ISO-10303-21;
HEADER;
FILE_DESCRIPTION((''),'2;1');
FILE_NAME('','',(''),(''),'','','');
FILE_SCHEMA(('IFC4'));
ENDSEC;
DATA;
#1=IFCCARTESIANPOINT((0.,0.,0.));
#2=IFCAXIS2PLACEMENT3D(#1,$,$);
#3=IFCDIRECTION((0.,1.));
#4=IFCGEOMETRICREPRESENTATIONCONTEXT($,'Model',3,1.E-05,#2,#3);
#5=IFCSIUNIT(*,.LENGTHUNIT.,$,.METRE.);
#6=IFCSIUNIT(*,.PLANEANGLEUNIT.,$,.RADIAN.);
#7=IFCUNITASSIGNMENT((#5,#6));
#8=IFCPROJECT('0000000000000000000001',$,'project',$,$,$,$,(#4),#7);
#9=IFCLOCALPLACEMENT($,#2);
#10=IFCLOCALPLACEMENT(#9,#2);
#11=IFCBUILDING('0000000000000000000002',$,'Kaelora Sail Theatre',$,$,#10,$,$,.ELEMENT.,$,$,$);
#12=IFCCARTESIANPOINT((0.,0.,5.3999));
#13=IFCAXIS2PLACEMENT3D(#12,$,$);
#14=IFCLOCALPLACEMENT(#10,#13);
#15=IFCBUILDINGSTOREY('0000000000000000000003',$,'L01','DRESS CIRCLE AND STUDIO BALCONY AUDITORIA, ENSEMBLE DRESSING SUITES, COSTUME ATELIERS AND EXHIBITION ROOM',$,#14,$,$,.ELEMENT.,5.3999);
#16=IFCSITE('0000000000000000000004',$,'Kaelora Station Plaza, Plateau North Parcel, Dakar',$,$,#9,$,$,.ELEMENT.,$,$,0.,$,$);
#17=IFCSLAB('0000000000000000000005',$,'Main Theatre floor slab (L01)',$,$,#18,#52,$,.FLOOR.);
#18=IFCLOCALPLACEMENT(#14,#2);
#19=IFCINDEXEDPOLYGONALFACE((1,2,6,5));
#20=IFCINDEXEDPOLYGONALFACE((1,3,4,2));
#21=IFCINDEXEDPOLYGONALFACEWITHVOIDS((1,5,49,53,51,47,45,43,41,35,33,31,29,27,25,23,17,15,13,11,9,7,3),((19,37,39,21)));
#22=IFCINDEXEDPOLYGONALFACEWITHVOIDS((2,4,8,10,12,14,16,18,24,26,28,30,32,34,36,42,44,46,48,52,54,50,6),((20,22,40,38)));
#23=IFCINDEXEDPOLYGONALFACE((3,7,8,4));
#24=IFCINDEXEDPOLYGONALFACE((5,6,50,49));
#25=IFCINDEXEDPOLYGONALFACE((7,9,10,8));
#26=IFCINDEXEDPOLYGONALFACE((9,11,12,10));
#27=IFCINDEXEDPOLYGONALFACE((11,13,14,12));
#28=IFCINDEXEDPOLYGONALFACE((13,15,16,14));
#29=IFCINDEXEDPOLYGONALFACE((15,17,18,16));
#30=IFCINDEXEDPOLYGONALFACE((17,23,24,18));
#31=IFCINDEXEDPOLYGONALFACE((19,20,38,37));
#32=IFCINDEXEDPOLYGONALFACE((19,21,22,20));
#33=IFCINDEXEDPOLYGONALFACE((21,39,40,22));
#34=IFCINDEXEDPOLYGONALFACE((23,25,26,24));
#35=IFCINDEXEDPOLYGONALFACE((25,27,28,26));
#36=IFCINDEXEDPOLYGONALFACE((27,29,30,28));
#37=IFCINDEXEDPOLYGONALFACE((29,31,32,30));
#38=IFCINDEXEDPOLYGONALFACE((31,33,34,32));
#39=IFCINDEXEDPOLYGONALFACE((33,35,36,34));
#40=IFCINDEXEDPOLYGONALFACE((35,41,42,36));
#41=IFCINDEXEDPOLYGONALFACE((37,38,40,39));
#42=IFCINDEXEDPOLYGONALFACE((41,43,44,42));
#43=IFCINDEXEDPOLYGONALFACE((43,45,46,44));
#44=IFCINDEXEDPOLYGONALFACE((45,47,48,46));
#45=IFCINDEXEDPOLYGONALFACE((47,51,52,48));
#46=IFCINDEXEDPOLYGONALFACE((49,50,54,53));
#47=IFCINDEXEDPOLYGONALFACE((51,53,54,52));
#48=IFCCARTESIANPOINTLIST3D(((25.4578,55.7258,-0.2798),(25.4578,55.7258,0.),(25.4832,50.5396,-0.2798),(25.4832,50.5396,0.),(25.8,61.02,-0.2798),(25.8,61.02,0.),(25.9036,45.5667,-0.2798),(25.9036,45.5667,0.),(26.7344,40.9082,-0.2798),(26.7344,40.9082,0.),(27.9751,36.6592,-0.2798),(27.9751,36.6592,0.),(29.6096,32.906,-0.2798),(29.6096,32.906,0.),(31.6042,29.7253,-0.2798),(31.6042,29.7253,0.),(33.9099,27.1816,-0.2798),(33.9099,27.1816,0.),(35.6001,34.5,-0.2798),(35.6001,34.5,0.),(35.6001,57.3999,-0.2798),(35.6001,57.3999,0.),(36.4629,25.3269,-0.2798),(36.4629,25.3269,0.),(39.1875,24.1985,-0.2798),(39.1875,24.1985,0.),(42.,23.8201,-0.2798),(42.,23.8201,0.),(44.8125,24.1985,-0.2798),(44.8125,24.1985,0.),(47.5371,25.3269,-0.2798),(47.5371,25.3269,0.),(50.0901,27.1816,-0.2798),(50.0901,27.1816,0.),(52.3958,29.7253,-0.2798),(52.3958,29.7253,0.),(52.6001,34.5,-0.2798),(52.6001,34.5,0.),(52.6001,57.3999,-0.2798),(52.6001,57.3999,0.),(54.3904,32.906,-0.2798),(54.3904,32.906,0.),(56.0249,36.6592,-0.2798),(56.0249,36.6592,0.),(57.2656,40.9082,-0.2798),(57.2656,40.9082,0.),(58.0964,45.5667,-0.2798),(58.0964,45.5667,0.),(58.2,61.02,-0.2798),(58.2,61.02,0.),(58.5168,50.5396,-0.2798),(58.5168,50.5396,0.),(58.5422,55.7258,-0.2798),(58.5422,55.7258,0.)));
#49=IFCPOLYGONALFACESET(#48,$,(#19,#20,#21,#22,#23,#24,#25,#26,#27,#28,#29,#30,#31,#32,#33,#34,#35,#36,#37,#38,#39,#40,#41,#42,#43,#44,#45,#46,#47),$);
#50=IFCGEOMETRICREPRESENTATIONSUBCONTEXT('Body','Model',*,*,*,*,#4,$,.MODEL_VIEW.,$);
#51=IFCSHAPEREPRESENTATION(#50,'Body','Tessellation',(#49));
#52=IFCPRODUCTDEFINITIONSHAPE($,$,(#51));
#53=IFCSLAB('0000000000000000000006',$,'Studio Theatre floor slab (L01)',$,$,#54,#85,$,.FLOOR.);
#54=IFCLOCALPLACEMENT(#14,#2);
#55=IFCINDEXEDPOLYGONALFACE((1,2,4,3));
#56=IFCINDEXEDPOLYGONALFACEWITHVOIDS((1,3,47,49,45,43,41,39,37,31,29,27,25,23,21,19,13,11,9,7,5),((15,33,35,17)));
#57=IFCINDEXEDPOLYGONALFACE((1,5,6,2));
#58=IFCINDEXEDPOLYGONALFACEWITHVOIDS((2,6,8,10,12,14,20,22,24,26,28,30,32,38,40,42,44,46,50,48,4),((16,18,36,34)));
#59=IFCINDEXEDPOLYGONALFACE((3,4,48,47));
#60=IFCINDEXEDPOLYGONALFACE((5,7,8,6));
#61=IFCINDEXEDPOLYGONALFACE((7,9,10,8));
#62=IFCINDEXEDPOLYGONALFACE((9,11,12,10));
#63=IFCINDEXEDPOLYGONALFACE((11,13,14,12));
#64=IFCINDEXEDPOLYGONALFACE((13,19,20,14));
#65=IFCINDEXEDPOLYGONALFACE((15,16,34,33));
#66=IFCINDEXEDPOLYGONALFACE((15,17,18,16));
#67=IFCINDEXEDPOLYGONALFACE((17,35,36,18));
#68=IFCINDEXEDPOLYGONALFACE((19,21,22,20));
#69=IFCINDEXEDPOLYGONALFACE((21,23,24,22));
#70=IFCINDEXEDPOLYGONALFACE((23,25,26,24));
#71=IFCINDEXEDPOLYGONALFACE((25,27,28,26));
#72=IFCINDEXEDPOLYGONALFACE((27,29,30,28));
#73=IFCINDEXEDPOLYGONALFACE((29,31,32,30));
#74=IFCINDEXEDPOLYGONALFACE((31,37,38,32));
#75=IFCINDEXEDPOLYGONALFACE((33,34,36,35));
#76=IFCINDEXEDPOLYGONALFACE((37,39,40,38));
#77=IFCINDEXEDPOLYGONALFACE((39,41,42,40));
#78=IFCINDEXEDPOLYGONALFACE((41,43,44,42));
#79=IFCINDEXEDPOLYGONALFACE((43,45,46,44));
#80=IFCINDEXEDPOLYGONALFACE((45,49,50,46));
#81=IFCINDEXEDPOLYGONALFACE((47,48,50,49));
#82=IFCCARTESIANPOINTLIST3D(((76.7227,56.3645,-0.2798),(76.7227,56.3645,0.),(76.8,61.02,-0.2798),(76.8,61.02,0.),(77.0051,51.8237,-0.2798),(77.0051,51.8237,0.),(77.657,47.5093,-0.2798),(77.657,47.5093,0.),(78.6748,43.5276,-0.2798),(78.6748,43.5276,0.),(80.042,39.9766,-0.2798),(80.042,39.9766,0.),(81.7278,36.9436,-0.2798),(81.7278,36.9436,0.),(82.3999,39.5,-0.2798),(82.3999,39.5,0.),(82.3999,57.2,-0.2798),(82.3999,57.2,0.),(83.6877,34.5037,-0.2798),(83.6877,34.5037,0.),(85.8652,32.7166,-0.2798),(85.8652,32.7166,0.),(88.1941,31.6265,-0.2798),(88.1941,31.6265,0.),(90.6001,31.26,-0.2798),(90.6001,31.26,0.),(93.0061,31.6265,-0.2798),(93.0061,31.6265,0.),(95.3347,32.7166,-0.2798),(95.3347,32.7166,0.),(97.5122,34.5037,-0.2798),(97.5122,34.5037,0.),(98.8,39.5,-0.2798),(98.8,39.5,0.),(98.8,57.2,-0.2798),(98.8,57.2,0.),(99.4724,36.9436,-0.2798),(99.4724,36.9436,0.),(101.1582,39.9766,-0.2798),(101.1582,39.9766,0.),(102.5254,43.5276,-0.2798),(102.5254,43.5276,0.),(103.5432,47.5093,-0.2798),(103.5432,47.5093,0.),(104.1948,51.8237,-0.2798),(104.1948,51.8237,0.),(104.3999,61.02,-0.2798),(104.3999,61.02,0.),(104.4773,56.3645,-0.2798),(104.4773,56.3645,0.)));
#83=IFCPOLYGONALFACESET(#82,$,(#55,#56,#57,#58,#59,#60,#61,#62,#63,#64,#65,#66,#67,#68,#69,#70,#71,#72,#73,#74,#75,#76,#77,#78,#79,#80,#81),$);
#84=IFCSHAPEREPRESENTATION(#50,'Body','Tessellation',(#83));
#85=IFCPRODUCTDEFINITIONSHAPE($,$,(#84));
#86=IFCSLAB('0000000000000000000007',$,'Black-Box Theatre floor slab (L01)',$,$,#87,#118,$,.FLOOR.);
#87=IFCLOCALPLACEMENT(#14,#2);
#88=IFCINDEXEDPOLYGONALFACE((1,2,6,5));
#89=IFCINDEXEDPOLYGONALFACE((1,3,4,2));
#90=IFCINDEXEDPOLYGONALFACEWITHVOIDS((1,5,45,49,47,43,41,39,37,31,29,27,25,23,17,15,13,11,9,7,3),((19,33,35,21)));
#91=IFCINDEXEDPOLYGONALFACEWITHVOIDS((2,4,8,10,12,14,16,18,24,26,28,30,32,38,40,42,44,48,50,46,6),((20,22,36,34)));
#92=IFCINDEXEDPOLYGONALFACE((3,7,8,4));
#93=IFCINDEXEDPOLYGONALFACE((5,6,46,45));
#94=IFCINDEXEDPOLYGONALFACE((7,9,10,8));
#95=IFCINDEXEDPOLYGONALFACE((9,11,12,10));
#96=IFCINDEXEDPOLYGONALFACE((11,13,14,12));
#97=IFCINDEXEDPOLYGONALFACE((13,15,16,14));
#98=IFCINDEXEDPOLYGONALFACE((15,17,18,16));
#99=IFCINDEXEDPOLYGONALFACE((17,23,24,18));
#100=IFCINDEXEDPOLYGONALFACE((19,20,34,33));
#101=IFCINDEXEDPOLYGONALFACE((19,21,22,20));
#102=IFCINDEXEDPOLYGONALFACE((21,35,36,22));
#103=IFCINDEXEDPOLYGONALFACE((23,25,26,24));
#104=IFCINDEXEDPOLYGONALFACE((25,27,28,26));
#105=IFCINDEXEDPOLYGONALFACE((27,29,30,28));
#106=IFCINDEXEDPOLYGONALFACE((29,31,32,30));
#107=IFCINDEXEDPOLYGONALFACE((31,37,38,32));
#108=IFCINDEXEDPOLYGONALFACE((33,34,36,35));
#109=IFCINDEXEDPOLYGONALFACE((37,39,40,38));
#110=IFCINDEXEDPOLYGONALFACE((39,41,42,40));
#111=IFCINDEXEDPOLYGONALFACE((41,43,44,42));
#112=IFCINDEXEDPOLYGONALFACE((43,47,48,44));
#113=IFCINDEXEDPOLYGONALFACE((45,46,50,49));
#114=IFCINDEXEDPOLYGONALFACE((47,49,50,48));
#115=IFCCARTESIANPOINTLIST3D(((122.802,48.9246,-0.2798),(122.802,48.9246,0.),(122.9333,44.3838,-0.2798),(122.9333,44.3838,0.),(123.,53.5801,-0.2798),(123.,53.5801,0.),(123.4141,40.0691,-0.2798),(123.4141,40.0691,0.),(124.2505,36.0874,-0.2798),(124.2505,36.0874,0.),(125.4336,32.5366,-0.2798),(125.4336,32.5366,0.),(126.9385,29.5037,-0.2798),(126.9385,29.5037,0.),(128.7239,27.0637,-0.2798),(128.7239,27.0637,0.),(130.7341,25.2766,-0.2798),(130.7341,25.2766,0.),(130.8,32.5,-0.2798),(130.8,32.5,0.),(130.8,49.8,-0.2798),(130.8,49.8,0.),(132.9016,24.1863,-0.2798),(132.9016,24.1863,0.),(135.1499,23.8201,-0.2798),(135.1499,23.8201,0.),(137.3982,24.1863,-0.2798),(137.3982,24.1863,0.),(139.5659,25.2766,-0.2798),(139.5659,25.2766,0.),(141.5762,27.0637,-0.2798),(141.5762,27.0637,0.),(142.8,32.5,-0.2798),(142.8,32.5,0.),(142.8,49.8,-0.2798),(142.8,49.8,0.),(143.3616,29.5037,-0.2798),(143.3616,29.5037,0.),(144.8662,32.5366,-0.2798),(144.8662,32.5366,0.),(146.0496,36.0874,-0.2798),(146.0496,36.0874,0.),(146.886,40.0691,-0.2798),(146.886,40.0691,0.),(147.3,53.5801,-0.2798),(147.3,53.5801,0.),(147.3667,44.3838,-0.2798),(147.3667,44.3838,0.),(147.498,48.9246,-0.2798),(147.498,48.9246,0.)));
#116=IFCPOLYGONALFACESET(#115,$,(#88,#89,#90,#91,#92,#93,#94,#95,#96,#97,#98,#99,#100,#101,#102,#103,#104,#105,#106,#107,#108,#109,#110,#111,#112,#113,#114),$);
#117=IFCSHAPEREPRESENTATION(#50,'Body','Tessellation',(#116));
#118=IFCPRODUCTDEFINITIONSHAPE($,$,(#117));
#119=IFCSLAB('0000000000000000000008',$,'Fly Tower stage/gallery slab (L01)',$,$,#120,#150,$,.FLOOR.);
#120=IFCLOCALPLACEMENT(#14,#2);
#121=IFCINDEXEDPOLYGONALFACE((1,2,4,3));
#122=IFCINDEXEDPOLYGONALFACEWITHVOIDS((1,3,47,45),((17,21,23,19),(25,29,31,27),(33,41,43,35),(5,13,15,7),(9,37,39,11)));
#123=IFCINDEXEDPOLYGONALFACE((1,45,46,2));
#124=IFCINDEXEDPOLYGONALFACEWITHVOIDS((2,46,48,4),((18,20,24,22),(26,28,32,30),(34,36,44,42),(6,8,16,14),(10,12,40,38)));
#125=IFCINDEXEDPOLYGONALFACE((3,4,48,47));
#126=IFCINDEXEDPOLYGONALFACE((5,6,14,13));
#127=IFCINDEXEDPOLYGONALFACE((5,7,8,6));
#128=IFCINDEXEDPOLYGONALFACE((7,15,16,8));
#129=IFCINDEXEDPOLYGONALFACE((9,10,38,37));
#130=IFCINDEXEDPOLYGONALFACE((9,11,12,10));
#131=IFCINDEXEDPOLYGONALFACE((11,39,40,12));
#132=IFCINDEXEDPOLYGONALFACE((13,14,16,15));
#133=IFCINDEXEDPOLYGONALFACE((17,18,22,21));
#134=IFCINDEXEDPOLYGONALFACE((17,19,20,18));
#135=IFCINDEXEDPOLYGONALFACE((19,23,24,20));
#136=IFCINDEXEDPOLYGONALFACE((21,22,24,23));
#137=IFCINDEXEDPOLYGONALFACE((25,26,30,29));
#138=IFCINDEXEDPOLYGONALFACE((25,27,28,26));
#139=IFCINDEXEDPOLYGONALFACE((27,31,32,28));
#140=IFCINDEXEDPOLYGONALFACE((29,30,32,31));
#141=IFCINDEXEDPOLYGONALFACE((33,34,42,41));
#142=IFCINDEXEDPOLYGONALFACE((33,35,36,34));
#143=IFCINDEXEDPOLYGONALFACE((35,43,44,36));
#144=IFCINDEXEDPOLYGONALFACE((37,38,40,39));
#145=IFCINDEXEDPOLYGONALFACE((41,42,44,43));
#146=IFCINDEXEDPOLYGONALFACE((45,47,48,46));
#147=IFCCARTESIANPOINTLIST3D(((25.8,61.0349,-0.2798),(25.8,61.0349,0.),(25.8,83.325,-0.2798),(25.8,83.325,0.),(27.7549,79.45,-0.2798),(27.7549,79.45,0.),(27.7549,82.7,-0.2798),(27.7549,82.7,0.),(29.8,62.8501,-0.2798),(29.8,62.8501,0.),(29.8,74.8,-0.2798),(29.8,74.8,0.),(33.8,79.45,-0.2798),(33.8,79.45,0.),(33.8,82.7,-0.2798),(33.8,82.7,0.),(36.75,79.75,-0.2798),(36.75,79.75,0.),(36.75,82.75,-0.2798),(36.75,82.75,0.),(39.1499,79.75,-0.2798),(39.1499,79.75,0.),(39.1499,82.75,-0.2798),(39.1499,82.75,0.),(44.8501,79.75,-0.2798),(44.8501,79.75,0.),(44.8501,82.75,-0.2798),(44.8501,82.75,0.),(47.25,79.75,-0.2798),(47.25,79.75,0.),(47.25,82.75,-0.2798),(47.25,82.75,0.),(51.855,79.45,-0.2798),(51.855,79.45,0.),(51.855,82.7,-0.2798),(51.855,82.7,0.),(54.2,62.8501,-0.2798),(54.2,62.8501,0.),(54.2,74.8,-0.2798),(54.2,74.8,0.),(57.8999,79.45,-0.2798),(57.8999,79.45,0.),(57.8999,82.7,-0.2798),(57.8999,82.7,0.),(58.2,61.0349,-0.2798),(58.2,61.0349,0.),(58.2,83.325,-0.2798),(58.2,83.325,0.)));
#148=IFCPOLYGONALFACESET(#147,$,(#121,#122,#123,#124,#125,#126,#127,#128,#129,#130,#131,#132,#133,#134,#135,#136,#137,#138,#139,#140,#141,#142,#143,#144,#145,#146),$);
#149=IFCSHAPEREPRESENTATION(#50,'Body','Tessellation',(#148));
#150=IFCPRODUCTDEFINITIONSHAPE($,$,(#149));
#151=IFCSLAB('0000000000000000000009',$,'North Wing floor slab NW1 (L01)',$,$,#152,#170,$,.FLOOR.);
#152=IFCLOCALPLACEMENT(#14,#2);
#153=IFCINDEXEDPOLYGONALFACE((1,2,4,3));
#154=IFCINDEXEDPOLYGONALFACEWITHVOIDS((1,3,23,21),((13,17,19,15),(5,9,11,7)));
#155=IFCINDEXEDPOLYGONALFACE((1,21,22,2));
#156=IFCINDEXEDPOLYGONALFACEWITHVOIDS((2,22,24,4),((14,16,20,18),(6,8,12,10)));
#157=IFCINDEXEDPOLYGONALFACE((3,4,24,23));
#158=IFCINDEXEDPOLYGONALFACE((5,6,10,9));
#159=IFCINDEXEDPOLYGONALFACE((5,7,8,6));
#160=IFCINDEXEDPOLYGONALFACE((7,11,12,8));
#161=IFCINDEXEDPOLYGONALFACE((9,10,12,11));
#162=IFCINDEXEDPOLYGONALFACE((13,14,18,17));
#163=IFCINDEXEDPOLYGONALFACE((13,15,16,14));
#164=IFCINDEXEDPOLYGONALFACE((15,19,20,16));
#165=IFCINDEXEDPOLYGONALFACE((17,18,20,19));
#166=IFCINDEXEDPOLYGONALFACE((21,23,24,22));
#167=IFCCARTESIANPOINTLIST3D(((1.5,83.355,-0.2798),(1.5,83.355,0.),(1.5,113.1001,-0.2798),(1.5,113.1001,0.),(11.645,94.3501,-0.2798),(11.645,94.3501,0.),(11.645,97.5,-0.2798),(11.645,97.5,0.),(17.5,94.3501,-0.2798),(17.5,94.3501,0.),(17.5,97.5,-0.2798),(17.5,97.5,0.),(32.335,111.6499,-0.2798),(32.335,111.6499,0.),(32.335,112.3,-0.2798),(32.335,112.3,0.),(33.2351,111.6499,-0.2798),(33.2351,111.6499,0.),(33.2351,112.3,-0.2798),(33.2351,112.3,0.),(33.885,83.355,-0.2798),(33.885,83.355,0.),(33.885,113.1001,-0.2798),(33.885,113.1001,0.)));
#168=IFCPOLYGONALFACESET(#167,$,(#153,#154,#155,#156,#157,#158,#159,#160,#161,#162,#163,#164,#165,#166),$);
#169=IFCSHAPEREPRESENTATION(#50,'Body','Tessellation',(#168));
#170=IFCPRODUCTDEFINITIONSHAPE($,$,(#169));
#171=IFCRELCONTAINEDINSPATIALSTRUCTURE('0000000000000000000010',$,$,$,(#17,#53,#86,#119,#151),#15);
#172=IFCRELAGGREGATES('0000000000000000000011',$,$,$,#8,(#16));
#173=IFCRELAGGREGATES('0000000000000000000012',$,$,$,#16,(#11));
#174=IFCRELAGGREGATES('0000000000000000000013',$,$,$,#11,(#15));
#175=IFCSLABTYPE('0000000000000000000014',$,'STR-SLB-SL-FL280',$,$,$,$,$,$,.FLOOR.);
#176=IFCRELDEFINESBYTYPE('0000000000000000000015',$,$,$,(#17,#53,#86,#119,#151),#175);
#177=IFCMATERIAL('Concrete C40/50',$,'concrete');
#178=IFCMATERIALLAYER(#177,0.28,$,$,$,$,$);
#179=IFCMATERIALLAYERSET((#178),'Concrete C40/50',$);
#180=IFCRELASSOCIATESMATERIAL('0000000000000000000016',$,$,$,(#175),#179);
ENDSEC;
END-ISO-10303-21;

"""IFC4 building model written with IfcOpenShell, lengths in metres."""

from ifc_helpers import new_model, si_unit, direction, frame, origin, place, context, subcontext, project, spatial, polyline, outline, extrude, material, layer, layer_set, type_object, element, save


model = new_model("IFC4")

# Units and contexts
model_context = context("Model", 3, precision=1e-05, world=origin(), true_north=direction((0.0, 1.0)))
body_context = subcontext(model_context, "Body", "Model", "MODEL_VIEW")
ifc_project = project(units=[si_unit("LENGTHUNIT", "METRE"), si_unit("PLANEANGLEUNIT", "RADIAN")], contexts=[model_context])

# Site, building, storey
site_placement = place(None, origin())
site = spatial("IfcSite", under=ifc_project, at=site_placement, Name="Kaelora Station Plaza, Plateau North Parcel, Dakar", CompositionType="ELEMENT", RefElevation=0.0)
building_placement = place(site_placement, origin())
building = spatial("IfcBuilding", under=site, at=building_placement, Name="Kaelora Sail Theatre", CompositionType="ELEMENT")
storey_placement = place(building_placement, frame((0.0, 0.0, 5.3999)))
storey = spatial("IfcBuildingStorey", under=building, at=storey_placement, Name="L01", Description="DRESS CIRCLE AND STUDIO BALCONY AUDITORIA, ENSEMBLE DRESSING SUITES, COSTUME ATELIERS AND EXHIBITION ROOM", CompositionType="ELEMENT", Elevation=5.3999)

# Slabs
ifc_material_1 = material(Name="Concrete C40/50", Category="concrete")
ifc_layer_1 = layer(ifc_material_1, 0.28)
ifc_layer_set_1 = layer_set([ifc_layer_1], Name="Concrete C40/50")
slab_type_1 = type_object("IfcSlabType", Name="STR-SLB-SL-FL280", PredefinedType="FLOOR", material=ifc_layer_set_1)
slab_1_placement = place(storey_placement, frame((0.0, 0.0, -0.2798)))
element("IfcSlab", 1, at=slab_1_placement, inside=storey, type_object=slab_type_1, Name="Main Theatre floor slab (L01)", PredefinedType="FLOOR", context=body_context, shape_type="SweptSolid", body=[
    extrude(outline(polyline([(58.2, 61.02), (58.5422, 55.7258), (58.5168, 50.5396), (58.0964, 45.5667), (57.2656, 40.9082), (56.0249, 36.6592), (54.3904, 32.906), (52.3958, 29.7253), (50.0901, 27.1816), (47.5371, 25.3269), (44.8125, 24.1985), (42.0, 23.8201), (39.1875, 24.1985), (36.4629, 25.3269), (33.9099, 27.1816), (31.6042, 29.7253), (29.6096, 32.906), (27.9751, 36.6592), (26.7344, 40.9082), (25.9036, 45.5667), (25.4832, 50.5396), (25.4578, 55.7258), (25.8, 61.02), (58.2, 61.02)]), holes=[polyline([(35.6001, 34.5), (52.6001, 34.5), (52.6001, 57.3999), (35.6001, 57.3999), (35.6001, 34.5)])]), origin(), (0.0, 0.0, 1.0), 0.2798),
])
slab_2_placement = place(storey_placement, frame((0.0, 0.0, -0.2798)))
element("IfcSlab", 2, at=slab_2_placement, inside=storey, type_object=slab_type_1, Name="Studio Theatre floor slab (L01)", PredefinedType="FLOOR", context=body_context, shape_type="SweptSolid", body=[
    extrude(outline(polyline([(104.3999, 61.02), (104.4773, 56.3645), (104.1948, 51.8237), (103.5432, 47.5093), (102.5254, 43.5276), (101.1582, 39.9766), (99.4724, 36.9436), (97.5122, 34.5037), (95.3347, 32.7166), (93.0061, 31.6265), (90.6001, 31.26), (88.1941, 31.6265), (85.8652, 32.7166), (83.6877, 34.5037), (81.7278, 36.9436), (80.042, 39.9766), (78.6748, 43.5276), (77.657, 47.5093), (77.0051, 51.8237), (76.7227, 56.3645), (76.8, 61.02), (104.3999, 61.02)]), holes=[polyline([(82.3999, 39.5), (98.8, 39.5), (98.8, 57.2), (82.3999, 57.2), (82.3999, 39.5)])]), origin(), (0.0, 0.0, 1.0), 0.2798),
])
slab_3_placement = place(storey_placement, frame((0.0, 0.0, -0.2798)))
element("IfcSlab", 3, at=slab_3_placement, inside=storey, type_object=slab_type_1, Name="Black-Box Theatre floor slab (L01)", PredefinedType="FLOOR", context=body_context, shape_type="SweptSolid", body=[
    extrude(outline(polyline([(147.3, 53.5801), (147.498, 48.9246), (147.3667, 44.3838), (146.886, 40.0691), (146.0496, 36.0874), (144.8662, 32.5366), (143.3616, 29.5037), (141.5762, 27.0637), (139.5659, 25.2766), (137.3982, 24.1863), (135.1499, 23.8201), (132.9016, 24.1863), (130.7341, 25.2766), (128.7239, 27.0637), (126.9385, 29.5037), (125.4336, 32.5366), (124.2505, 36.0874), (123.4141, 40.0691), (122.9333, 44.3838), (122.802, 48.9246), (123.0, 53.5801), (147.3, 53.5801)]), holes=[polyline([(130.8, 32.5), (142.8, 32.5), (142.8, 49.8), (130.8, 49.8), (130.8, 32.5)])]), origin(), (0.0, 0.0, 1.0), 0.2798),
])
slab_4_placement = place(storey_placement, frame((0.0, 0.0, -0.2798)))
element("IfcSlab", 4, at=slab_4_placement, inside=storey, type_object=slab_type_1, Name="Fly Tower stage/gallery slab (L01)", PredefinedType="FLOOR", context=body_context, shape_type="SweptSolid", body=[
    extrude(outline(polyline([(25.8, 61.0349), (58.2, 61.0349), (58.2, 83.325), (25.8, 83.325), (25.8, 61.0349)]), holes=[polyline([(27.7549, 79.45), (33.8, 79.45), (33.8, 82.7), (27.7549, 82.7), (27.7549, 79.45)]), polyline([(51.855, 79.45), (57.8999, 79.45), (57.8999, 82.7), (51.855, 82.7), (51.855, 79.45)]), polyline([(36.75, 79.75), (39.1499, 79.75), (39.1499, 82.75), (36.75, 82.75), (36.75, 79.75)]), polyline([(44.8501, 79.75), (47.25, 79.75), (47.25, 82.75), (44.8501, 82.75), (44.8501, 79.75)]), polyline([(29.8, 62.8501), (54.2, 62.8501), (54.2, 74.8), (29.8, 74.8), (29.8, 62.8501)])]), origin(), (0.0, 0.0, 1.0), 0.2798),
])
slab_5_placement = place(storey_placement, frame((0.0, 0.0, -0.2798)))
element("IfcSlab", 5, at=slab_5_placement, inside=storey, type_object=slab_type_1, Name="North Wing floor slab NW1 (L01)", PredefinedType="FLOOR", context=body_context, shape_type="SweptSolid", body=[
    extrude(outline(polyline([(1.5, 83.355), (1.5, 113.1001), (33.885, 113.1001), (33.885, 83.355), (1.5, 83.355)]), holes=[polyline([(11.645, 94.3501), (17.5, 94.3501), (17.5, 97.5), (11.645, 97.5), (11.645, 94.3501)]), polyline([(32.335, 111.6499), (33.2351, 111.6499), (33.2351, 112.3), (32.335, 112.3), (32.335, 111.6499)])]), origin(), (0.0, 0.0, 1.0), 0.2798),
])

save(model, "model.ifc")
